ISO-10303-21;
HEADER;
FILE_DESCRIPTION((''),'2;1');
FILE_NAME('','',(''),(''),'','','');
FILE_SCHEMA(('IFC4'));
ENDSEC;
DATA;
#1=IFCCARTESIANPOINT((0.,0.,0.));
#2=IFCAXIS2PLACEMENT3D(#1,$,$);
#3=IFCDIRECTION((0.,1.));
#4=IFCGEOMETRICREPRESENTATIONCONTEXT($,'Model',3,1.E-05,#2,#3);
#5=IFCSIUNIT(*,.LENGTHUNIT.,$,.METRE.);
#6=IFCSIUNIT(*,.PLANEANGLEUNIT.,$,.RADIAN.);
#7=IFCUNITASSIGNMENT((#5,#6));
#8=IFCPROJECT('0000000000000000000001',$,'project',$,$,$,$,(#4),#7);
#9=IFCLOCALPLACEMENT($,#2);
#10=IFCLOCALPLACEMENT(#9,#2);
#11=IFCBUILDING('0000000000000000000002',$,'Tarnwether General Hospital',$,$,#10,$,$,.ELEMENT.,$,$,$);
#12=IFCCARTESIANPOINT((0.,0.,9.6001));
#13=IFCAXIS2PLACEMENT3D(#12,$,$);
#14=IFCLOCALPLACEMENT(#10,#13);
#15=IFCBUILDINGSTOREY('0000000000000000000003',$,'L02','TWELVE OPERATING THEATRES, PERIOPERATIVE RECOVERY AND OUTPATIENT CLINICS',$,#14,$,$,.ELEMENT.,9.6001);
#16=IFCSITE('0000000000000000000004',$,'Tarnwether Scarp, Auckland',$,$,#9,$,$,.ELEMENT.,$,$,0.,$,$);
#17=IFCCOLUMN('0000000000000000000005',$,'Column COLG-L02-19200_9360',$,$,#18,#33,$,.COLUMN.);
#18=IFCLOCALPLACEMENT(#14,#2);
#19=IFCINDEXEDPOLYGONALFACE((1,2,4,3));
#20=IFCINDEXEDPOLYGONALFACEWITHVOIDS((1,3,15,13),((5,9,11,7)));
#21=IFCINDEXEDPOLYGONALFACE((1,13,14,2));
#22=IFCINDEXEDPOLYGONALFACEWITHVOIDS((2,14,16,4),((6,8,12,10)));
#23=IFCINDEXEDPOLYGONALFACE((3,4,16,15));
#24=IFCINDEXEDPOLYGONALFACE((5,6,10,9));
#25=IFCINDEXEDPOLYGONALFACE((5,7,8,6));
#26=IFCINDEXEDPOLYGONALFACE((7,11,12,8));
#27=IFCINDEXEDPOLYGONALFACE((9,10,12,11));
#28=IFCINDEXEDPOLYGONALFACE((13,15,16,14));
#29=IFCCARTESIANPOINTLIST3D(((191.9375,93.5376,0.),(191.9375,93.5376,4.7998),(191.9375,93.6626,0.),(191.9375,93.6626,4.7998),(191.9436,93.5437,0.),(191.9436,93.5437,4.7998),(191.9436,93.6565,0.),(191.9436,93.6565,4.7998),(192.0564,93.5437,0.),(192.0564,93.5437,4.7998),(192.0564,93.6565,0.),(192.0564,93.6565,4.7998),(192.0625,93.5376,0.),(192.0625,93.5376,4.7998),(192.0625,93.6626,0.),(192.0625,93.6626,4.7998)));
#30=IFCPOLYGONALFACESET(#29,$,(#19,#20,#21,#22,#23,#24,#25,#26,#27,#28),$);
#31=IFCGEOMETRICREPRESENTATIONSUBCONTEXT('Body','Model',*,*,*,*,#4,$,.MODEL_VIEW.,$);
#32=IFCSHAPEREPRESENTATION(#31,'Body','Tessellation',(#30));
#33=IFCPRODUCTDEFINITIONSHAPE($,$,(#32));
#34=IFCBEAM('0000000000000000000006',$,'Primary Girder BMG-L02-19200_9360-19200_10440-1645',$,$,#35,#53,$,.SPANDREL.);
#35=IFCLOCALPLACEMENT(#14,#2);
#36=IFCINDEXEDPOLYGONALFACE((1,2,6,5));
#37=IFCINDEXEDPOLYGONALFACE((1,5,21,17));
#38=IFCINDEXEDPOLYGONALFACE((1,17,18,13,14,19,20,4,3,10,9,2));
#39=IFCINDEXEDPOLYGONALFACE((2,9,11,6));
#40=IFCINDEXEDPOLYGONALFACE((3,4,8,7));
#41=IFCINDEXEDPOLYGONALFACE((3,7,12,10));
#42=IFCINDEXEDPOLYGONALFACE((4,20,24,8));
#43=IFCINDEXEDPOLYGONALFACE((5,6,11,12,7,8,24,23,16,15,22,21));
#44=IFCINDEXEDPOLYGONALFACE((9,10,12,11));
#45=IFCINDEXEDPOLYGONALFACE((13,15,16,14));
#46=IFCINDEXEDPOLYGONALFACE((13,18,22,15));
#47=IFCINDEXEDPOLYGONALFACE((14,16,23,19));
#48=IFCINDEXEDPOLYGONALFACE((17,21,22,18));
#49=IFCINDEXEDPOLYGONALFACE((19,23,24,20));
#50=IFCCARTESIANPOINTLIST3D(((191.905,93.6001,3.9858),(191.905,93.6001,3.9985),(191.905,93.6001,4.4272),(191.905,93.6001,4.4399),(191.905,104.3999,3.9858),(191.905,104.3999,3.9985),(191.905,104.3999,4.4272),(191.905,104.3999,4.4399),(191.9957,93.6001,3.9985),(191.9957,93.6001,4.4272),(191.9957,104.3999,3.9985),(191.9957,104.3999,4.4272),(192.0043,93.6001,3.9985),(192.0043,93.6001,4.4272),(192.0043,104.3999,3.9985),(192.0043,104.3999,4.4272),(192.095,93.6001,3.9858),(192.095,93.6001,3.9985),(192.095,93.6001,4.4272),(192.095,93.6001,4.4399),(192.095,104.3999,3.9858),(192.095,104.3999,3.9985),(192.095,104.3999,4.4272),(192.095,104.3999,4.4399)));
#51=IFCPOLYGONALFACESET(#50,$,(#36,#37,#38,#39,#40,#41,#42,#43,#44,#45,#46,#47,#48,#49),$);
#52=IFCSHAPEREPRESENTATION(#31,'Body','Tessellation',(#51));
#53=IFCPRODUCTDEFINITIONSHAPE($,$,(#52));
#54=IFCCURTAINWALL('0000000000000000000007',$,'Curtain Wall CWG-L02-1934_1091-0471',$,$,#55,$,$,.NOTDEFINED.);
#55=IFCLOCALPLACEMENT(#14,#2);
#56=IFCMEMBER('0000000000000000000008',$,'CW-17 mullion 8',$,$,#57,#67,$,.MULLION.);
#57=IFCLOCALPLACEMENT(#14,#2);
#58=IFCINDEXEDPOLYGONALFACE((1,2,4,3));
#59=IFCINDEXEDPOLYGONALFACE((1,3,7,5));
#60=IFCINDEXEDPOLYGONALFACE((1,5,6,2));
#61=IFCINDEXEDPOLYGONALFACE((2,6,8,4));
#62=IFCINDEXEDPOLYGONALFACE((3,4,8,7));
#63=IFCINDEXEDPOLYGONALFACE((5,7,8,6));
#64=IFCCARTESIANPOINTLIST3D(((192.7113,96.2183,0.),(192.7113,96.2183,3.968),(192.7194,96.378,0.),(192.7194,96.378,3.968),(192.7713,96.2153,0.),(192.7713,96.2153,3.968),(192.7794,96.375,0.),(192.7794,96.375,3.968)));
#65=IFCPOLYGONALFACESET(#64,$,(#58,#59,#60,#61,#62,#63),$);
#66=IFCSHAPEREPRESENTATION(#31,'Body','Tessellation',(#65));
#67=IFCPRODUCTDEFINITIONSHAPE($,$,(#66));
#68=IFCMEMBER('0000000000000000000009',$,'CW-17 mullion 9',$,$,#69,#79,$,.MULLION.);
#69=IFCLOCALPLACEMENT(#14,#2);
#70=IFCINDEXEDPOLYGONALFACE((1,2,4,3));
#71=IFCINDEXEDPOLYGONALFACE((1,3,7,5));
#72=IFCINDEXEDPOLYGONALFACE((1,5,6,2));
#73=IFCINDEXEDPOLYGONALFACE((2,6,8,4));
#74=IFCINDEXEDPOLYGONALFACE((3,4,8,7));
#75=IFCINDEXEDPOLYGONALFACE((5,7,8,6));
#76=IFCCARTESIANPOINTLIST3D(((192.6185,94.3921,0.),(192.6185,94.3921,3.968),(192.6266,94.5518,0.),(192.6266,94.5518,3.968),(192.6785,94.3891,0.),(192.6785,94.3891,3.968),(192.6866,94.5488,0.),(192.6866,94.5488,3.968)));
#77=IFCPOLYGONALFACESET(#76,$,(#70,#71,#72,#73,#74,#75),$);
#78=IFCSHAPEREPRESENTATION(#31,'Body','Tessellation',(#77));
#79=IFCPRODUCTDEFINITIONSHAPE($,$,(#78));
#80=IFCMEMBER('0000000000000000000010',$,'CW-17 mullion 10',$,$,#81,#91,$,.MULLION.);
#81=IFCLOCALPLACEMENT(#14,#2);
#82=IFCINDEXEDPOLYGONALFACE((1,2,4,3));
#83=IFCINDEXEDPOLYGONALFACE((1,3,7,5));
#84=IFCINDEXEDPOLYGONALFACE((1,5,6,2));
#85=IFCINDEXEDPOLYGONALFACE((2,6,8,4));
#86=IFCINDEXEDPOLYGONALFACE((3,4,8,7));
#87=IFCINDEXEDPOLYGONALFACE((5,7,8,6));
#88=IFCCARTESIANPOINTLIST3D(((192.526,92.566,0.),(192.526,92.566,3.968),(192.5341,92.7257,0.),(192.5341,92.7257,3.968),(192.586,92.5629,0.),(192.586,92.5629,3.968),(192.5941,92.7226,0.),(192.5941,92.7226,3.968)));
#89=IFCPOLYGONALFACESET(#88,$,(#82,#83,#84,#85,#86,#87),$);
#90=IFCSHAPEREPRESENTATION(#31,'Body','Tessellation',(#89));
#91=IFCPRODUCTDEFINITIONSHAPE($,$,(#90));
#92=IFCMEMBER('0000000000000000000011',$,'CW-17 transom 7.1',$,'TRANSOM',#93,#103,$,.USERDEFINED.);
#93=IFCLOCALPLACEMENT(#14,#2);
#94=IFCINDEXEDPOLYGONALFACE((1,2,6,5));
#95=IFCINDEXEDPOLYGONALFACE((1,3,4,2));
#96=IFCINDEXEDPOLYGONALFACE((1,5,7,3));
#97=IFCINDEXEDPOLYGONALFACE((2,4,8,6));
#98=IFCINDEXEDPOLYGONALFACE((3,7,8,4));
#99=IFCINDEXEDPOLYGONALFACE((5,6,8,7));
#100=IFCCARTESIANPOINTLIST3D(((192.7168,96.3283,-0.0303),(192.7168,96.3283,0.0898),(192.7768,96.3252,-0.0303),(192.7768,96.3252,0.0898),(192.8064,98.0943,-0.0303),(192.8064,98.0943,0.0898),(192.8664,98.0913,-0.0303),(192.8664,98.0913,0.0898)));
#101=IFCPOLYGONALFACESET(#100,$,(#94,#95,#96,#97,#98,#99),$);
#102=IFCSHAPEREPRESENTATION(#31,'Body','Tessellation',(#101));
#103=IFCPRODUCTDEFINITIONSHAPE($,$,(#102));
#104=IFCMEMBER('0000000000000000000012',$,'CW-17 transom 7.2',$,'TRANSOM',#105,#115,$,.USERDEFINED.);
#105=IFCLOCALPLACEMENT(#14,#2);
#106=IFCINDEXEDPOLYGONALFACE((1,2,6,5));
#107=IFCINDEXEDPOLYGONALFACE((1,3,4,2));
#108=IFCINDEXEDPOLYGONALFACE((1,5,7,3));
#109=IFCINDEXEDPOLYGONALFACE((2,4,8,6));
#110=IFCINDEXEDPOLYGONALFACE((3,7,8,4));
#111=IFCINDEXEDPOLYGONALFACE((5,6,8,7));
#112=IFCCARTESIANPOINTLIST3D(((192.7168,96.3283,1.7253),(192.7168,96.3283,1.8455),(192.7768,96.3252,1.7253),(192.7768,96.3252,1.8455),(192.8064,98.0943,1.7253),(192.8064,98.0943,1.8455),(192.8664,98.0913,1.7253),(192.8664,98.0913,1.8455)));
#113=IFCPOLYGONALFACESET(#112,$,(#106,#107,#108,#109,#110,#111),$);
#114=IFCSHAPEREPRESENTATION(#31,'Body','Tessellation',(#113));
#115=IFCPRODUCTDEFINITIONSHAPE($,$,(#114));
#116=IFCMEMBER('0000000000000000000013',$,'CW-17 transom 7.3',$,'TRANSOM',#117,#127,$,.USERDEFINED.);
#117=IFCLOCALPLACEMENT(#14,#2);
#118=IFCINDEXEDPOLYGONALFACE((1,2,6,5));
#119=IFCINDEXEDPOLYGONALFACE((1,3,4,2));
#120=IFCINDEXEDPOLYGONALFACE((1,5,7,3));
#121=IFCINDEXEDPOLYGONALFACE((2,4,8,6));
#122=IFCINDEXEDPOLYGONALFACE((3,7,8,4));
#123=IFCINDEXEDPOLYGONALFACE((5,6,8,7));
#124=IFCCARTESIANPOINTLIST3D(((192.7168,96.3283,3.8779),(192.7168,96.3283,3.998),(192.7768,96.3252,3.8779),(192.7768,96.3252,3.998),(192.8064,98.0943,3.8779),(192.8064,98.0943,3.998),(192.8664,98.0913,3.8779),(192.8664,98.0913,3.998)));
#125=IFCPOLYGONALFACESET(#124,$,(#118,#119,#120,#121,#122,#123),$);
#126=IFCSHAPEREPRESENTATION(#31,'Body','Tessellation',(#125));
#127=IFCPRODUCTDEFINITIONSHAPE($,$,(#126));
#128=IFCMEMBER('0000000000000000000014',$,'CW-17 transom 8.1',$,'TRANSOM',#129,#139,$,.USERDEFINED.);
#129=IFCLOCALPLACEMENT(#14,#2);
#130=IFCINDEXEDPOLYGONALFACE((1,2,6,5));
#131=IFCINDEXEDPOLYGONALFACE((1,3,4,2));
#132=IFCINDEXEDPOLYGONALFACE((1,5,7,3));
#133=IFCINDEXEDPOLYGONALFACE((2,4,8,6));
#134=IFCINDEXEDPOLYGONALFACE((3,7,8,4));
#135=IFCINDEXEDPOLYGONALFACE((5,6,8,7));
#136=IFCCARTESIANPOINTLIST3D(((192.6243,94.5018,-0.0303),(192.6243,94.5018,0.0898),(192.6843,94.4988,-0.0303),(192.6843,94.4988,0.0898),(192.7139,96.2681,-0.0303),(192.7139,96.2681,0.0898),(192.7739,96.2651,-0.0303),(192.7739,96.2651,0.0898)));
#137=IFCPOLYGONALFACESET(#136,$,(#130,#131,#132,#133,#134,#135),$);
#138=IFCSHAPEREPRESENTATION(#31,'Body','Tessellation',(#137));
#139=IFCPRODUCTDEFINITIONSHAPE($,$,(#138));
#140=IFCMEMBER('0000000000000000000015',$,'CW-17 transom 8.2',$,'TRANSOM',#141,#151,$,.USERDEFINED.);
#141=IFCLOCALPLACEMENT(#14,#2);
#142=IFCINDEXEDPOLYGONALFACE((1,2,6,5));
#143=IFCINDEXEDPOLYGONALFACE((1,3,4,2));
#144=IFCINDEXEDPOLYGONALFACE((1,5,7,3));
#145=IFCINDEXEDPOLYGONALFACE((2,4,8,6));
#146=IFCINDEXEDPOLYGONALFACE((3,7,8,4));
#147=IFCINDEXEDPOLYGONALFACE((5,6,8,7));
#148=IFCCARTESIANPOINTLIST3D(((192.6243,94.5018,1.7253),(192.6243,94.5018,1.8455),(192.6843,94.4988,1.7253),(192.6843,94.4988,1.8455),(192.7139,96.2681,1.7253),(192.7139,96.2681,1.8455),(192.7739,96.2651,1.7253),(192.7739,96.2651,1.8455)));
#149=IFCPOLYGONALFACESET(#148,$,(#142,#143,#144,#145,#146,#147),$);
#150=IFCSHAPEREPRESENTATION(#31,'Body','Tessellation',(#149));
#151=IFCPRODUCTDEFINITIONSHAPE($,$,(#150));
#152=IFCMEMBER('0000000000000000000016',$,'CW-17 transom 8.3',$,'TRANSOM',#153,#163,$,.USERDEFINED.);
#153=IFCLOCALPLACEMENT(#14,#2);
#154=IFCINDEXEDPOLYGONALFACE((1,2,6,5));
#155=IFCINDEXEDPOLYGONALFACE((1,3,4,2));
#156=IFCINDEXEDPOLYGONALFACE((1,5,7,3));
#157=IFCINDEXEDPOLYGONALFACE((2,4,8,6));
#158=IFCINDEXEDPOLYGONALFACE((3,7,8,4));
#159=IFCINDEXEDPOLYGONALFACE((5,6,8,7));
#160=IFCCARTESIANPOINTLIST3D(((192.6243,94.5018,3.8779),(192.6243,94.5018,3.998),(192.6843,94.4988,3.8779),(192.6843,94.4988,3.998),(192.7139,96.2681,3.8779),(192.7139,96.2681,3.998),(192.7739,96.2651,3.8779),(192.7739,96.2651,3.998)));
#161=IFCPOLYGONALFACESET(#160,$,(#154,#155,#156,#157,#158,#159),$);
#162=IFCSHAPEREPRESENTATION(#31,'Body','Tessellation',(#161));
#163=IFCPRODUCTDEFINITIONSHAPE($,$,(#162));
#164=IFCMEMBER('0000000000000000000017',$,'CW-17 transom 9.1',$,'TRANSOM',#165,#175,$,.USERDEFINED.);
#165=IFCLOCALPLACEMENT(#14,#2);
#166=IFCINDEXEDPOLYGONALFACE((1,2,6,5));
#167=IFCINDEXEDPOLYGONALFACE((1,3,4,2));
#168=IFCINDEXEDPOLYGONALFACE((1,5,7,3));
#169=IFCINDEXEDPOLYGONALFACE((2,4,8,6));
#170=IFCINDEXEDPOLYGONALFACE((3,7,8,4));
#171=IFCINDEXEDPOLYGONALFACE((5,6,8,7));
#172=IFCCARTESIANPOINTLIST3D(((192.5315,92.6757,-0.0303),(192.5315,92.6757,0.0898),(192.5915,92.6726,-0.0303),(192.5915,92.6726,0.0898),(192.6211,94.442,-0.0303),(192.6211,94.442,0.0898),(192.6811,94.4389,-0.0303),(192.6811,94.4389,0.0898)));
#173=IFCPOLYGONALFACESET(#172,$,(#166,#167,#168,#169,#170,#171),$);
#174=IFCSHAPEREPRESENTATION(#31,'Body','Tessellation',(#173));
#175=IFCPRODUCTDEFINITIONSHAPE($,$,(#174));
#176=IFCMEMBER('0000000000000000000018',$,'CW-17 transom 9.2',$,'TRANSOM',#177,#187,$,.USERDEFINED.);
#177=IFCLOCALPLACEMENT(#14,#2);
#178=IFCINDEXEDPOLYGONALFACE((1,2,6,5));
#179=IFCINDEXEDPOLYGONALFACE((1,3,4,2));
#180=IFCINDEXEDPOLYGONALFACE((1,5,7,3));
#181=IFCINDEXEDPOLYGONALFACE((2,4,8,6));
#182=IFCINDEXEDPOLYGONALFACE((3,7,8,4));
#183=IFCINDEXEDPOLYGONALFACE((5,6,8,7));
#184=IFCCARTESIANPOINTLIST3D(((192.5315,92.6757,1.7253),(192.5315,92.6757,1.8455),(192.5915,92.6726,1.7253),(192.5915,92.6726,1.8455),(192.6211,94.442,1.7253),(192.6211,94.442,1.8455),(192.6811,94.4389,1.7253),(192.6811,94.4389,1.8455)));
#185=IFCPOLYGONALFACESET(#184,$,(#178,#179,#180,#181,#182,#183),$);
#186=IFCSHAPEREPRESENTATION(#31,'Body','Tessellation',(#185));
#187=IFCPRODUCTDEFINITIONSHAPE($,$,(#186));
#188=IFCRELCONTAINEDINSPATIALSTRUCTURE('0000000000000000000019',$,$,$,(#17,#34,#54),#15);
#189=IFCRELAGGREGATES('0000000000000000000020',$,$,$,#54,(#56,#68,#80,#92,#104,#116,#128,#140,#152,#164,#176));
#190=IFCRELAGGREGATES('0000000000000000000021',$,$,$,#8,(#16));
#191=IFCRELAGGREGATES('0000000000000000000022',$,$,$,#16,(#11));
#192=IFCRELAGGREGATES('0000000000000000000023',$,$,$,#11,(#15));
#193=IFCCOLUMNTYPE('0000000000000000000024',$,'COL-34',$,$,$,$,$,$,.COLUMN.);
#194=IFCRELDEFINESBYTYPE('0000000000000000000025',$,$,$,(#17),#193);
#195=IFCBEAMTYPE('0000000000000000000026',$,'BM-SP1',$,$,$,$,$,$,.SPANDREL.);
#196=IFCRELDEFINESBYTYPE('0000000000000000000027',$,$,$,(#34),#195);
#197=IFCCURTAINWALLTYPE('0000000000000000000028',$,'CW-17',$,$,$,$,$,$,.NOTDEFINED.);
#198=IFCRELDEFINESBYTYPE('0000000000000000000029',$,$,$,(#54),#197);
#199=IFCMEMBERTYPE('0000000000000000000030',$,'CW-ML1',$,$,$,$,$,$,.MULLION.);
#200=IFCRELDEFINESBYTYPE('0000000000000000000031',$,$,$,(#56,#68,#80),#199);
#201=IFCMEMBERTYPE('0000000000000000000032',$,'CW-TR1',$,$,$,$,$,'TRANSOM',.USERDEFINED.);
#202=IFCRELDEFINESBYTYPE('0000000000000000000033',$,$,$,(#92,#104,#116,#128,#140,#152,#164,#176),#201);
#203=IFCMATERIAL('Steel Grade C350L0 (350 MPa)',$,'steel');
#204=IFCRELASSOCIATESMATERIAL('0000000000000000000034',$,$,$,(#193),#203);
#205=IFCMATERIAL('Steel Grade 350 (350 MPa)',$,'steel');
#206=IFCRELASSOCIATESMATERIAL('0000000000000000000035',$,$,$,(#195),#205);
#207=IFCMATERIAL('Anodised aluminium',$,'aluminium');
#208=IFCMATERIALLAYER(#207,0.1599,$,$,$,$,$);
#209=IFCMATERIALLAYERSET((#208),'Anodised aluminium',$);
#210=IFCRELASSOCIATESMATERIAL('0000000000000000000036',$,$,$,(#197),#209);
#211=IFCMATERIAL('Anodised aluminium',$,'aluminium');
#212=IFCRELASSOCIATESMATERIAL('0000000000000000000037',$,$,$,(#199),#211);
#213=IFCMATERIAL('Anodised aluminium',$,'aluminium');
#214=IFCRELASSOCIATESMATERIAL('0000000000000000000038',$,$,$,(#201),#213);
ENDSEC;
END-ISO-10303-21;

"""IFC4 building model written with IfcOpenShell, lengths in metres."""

from ifc_helpers import new_model, si_unit, direction, frame, origin, origin_2d, place, context, subcontext, project, spatial, rectangle, hollow_rectangle, i_section, extrude, material, layer, layer_set, material_profile, profile_set, type_object, element, aggregate, save


model = new_model("IFC4")

# Units and contexts
model_context = context("Model", 3, precision=1e-05, world=origin(), true_north=direction((0.0, 1.0)))
body_context = subcontext(model_context, "Body", "Model", "MODEL_VIEW")
ifc_project = project(units=[si_unit("LENGTHUNIT", "METRE"), si_unit("PLANEANGLEUNIT", "RADIAN")], contexts=[model_context])

# Site, building, storey
site_placement = place(None, origin())
site = spatial("IfcSite", under=ifc_project, at=site_placement, Name="Tarnwether Scarp, Auckland", CompositionType="ELEMENT", RefElevation=0.0)
building_placement = place(site_placement, origin())
building = spatial("IfcBuilding", under=site, at=building_placement, Name="Tarnwether General Hospital", CompositionType="ELEMENT")
storey_placement = place(building_placement, frame((0.0, 0.0, 9.6001)))
storey = spatial("IfcBuildingStorey", under=building, at=storey_placement, Name="L02", Description="TWELVE OPERATING THEATRES, PERIOPERATIVE RECOVERY AND OUTPATIENT CLINICS", CompositionType="ELEMENT", Elevation=9.6001)

# Column
ifc_material_1 = material(Name="Steel Grade C350L0 (350 MPa)", Category="steel")
ifc_material_profile_1 = material_profile(ifc_material_1, hollow_rectangle(XDim=0.125, YDim=0.125, WallThickness=0.0061, at=origin_2d()), Name="SHS125x125x6")
ifc_profile_set_1 = profile_set([ifc_material_profile_1], Name="Steel Grade C350L0 (350 MPa)")
column_type = type_object("IfcColumnType", Name="COL-34", PredefinedType="COLUMN", material=ifc_profile_set_1)
column_placement = place(storey_placement, frame((192.0, 93.6001, 0.0), z_axis=(0.0, 0.0, 1.0), x_axis=(1.0, 0.0, 0.0)))
element("IfcColumn", 1, at=column_placement, inside=storey, type_object=column_type, Name="Column COLG-L02-19200_9360", PredefinedType="COLUMN", context=body_context, shape_type="SweptSolid", body=[
    extrude(hollow_rectangle(XDim=0.125, YDim=0.125, WallThickness=0.0061, at=origin_2d()), origin(), (0.0, 0.0, 1.0), 4.7998),
])

# Beam
ifc_material_2 = material(Name="Steel Grade 350 (350 MPa)", Category="steel")
ifc_material_profile_2 = material_profile(ifc_material_2, i_section(OverallWidth=0.1899, OverallDepth=0.4541, WebThickness=0.0085, FlangeThickness=0.0127, at=origin_2d()), Name="460UB67.1")
ifc_profile_set_2 = profile_set([ifc_material_profile_2], Name="Steel Grade 350 (350 MPa)")
beam_type = type_object("IfcBeamType", Name="BM-SP1", PredefinedType="SPANDREL", material=ifc_profile_set_2)
beam_placement = place(storey_placement, frame((192.0, 93.6001, 4.2129), z_axis=(0.0, 1.0, 0.0), x_axis=(-1.0, 0.0, 0.0)))
element("IfcBeam", 2, at=beam_placement, inside=storey, type_object=beam_type, Name="Primary Girder BMG-L02-19200_9360-19200_10440-1645", PredefinedType="SPANDREL", context=body_context, shape_type="SweptSolid", body=[
    extrude(i_section(OverallWidth=0.1899, OverallDepth=0.4541, WebThickness=0.0085, FlangeThickness=0.0127, at=origin_2d()), origin(), (0.0, 0.0, 1.0), 10.7998),
])

# Curtain wall, members
ifc_material_3 = material(Name="Anodised aluminium", Category="aluminium")
ifc_layer_1 = layer(ifc_material_3, 0.1599)
ifc_layer_set_1 = layer_set([ifc_layer_1], Name="Anodised aluminium")
curtain_wall_type = type_object("IfcCurtainWallType", Name="CW-17", PredefinedType="NOTDEFINED", material=ifc_layer_set_1)
curtain_wall_placement = place(storey_placement, origin())
curtain_wall = element("IfcCurtainWall", 3, at=curtain_wall_placement, inside=storey, type_object=curtain_wall_type, Name="Curtain Wall CWG-L02-1934_1091-0471", PredefinedType="NOTDEFINED")
ifc_material_4 = material(Name="Anodised aluminium", Category="aluminium")
ifc_material_profile_3 = material_profile(ifc_material_4, rectangle(XDim=0.0601, YDim=0.1599, at=origin_2d()), Name="ALU-MUL-60x160")
ifc_profile_set_3 = profile_set([ifc_material_profile_3], Name="Anodised aluminium")
member_type_1 = type_object("IfcMemberType", Name="CW-ML1", PredefinedType="MULLION", material=ifc_profile_set_3)
member_1_placement = place(storey_placement, frame((192.7454, 96.2966, 0.0), z_axis=(0.0, 0.0, 1.0), x_axis=(0.998715, -0.050678, 0.0)))
member_1 = element("IfcMember", 4, at=member_1_placement, type_object=member_type_1, Name="CW-17 mullion 8", PredefinedType="MULLION", context=body_context, shape_type="SweptSolid", body=[
    extrude(rectangle(XDim=0.0601, YDim=0.1599, at=origin_2d()), origin(), (0.0, 0.0, 1.0), 3.968),
])
member_2_placement = place(storey_placement, frame((192.6526, 94.4705, 0.0), z_axis=(0.0, 0.0, 1.0), x_axis=(0.998715, -0.050678, 0.0)))
member_2 = element("IfcMember", 5, at=member_2_placement, type_object=member_type_1, Name="CW-17 mullion 9", PredefinedType="MULLION", context=body_context, shape_type="SweptSolid", body=[
    extrude(rectangle(XDim=0.0601, YDim=0.1599, at=origin_2d()), origin(), (0.0, 0.0, 1.0), 3.968),
])
member_3_placement = place(storey_placement, frame((192.5601, 92.6443, 0.0), z_axis=(0.0, 0.0, 1.0), x_axis=(0.998715, -0.050678, 0.0)))
member_3 = element("IfcMember", 6, at=member_3_placement, type_object=member_type_1, Name="CW-17 mullion 10", PredefinedType="MULLION", context=body_context, shape_type="SweptSolid", body=[
    extrude(rectangle(XDim=0.0601, YDim=0.1599, at=origin_2d()), origin(), (0.0, 0.0, 1.0), 3.968),
])
ifc_material_5 = material(Name="Anodised aluminium", Category="aluminium")
ifc_material_profile_4 = material_profile(ifc_material_5, rectangle(XDim=0.0601, YDim=0.1201, at=origin_2d()), Name="ALU-TRN-60x120")
ifc_profile_set_4 = profile_set([ifc_material_profile_4], Name="Anodised aluminium")
member_type_2 = type_object("IfcMemberType", Name="CW-TR1", ElementType="TRANSOM", PredefinedType="USERDEFINED", material=ifc_profile_set_4)
member_4_placement = place(storey_placement, frame((192.8364, 98.0928, 0.0298), z_axis=(-0.050667, -0.998716, 0.0), x_axis=(0.998716, -0.050667, 0.0)))
member_4 = element("IfcMember", 7, at=member_4_placement, type_object=member_type_2, Name="CW-17 transom 7.1", ObjectType="TRANSOM", PredefinedType="USERDEFINED", context=body_context, shape_type="SweptSolid", body=[
    extrude(rectangle(XDim=0.0601, YDim=0.1201, at=origin_2d()), origin(), (0.0, 0.0, 1.0), 1.7683),
])
member_5_placement = place(storey_placement, frame((192.8364, 98.0928, 1.7854), z_axis=(-0.050667, -0.998716, 0.0), x_axis=(0.998716, -0.050667, 0.0)))
member_5 = element("IfcMember", 8, at=member_5_placement, type_object=member_type_2, Name="CW-17 transom 7.2", ObjectType="TRANSOM", PredefinedType="USERDEFINED", context=body_context, shape_type="SweptSolid", body=[
    extrude(rectangle(XDim=0.0601, YDim=0.1201, at=origin_2d()), origin(), (0.0, 0.0, 1.0), 1.7683),
])
member_6_placement = place(storey_placement, frame((192.8364, 98.0928, 3.938), z_axis=(-0.050667, -0.998716, 0.0), x_axis=(0.998716, -0.050667, 0.0)))
member_6 = element("IfcMember", 9, at=member_6_placement, type_object=member_type_2, Name="CW-17 transom 7.3", ObjectType="TRANSOM", PredefinedType="USERDEFINED", context=body_context, shape_type="SweptSolid", body=[
    extrude(rectangle(XDim=0.0601, YDim=0.1201, at=origin_2d()), origin(), (0.0, 0.0, 1.0), 1.7683),
])
member_7_placement = place(storey_placement, frame((192.7439, 96.2666, 0.0298), z_axis=(-0.050661, -0.998716, 0.0), x_axis=(0.998716, -0.050661, 0.0)))
member_7 = element("IfcMember", 10, at=member_7_placement, type_object=member_type_2, Name="CW-17 transom 8.1", ObjectType="TRANSOM", PredefinedType="USERDEFINED", context=body_context, shape_type="SweptSolid", body=[
    extrude(rectangle(XDim=0.0601, YDim=0.1201, at=origin_2d()), origin(), (0.0, 0.0, 1.0), 1.7686),
])
member_8_placement = place(storey_placement, frame((192.7439, 96.2666, 1.7854), z_axis=(-0.050661, -0.998716, 0.0), x_axis=(0.998716, -0.050661, 0.0)))
member_8 = element("IfcMember", 11, at=member_8_placement, type_object=member_type_2, Name="CW-17 transom 8.2", ObjectType="TRANSOM", PredefinedType="USERDEFINED", context=body_context, shape_type="SweptSolid", body=[
    extrude(rectangle(XDim=0.0601, YDim=0.1201, at=origin_2d()), origin(), (0.0, 0.0, 1.0), 1.7686),
])
member_9_placement = place(storey_placement, frame((192.7439, 96.2666, 3.938), z_axis=(-0.050661, -0.998716, 0.0), x_axis=(0.998716, -0.050661, 0.0)))
member_9 = element("IfcMember", 12, at=member_9_placement, type_object=member_type_2, Name="CW-17 transom 8.3", ObjectType="TRANSOM", PredefinedType="USERDEFINED", context=body_context, shape_type="SweptSolid", body=[
    extrude(rectangle(XDim=0.0601, YDim=0.1201, at=origin_2d()), origin(), (0.0, 0.0, 1.0), 1.7686),
])
member_10_placement = place(storey_placement, frame((192.6511, 94.4404, 0.0298), z_axis=(-0.050661, -0.998716, 0.0), x_axis=(0.998716, -0.050661, 0.0)))
member_10 = element("IfcMember", 13, at=member_10_placement, type_object=member_type_2, Name="CW-17 transom 9.1", ObjectType="TRANSOM", PredefinedType="USERDEFINED", context=body_context, shape_type="SweptSolid", body=[
    extrude(rectangle(XDim=0.0601, YDim=0.1201, at=origin_2d()), origin(), (0.0, 0.0, 1.0), 1.7686),
])
member_11_placement = place(storey_placement, frame((192.6511, 94.4404, 1.7854), z_axis=(-0.050661, -0.998716, 0.0), x_axis=(0.998716, -0.050661, 0.0)))
member_11 = element("IfcMember", 14, at=member_11_placement, type_object=member_type_2, Name="CW-17 transom 9.2", ObjectType="TRANSOM", PredefinedType="USERDEFINED", context=body_context, shape_type="SweptSolid", body=[
    extrude(rectangle(XDim=0.0601, YDim=0.1201, at=origin_2d()), origin(), (0.0, 0.0, 1.0), 1.7686),
])
aggregate(curtain_wall, [member_1, member_2, member_3, member_4, member_5, member_6, member_7, member_8, member_9, member_10, member_11])

save(model, "model.ifc")
